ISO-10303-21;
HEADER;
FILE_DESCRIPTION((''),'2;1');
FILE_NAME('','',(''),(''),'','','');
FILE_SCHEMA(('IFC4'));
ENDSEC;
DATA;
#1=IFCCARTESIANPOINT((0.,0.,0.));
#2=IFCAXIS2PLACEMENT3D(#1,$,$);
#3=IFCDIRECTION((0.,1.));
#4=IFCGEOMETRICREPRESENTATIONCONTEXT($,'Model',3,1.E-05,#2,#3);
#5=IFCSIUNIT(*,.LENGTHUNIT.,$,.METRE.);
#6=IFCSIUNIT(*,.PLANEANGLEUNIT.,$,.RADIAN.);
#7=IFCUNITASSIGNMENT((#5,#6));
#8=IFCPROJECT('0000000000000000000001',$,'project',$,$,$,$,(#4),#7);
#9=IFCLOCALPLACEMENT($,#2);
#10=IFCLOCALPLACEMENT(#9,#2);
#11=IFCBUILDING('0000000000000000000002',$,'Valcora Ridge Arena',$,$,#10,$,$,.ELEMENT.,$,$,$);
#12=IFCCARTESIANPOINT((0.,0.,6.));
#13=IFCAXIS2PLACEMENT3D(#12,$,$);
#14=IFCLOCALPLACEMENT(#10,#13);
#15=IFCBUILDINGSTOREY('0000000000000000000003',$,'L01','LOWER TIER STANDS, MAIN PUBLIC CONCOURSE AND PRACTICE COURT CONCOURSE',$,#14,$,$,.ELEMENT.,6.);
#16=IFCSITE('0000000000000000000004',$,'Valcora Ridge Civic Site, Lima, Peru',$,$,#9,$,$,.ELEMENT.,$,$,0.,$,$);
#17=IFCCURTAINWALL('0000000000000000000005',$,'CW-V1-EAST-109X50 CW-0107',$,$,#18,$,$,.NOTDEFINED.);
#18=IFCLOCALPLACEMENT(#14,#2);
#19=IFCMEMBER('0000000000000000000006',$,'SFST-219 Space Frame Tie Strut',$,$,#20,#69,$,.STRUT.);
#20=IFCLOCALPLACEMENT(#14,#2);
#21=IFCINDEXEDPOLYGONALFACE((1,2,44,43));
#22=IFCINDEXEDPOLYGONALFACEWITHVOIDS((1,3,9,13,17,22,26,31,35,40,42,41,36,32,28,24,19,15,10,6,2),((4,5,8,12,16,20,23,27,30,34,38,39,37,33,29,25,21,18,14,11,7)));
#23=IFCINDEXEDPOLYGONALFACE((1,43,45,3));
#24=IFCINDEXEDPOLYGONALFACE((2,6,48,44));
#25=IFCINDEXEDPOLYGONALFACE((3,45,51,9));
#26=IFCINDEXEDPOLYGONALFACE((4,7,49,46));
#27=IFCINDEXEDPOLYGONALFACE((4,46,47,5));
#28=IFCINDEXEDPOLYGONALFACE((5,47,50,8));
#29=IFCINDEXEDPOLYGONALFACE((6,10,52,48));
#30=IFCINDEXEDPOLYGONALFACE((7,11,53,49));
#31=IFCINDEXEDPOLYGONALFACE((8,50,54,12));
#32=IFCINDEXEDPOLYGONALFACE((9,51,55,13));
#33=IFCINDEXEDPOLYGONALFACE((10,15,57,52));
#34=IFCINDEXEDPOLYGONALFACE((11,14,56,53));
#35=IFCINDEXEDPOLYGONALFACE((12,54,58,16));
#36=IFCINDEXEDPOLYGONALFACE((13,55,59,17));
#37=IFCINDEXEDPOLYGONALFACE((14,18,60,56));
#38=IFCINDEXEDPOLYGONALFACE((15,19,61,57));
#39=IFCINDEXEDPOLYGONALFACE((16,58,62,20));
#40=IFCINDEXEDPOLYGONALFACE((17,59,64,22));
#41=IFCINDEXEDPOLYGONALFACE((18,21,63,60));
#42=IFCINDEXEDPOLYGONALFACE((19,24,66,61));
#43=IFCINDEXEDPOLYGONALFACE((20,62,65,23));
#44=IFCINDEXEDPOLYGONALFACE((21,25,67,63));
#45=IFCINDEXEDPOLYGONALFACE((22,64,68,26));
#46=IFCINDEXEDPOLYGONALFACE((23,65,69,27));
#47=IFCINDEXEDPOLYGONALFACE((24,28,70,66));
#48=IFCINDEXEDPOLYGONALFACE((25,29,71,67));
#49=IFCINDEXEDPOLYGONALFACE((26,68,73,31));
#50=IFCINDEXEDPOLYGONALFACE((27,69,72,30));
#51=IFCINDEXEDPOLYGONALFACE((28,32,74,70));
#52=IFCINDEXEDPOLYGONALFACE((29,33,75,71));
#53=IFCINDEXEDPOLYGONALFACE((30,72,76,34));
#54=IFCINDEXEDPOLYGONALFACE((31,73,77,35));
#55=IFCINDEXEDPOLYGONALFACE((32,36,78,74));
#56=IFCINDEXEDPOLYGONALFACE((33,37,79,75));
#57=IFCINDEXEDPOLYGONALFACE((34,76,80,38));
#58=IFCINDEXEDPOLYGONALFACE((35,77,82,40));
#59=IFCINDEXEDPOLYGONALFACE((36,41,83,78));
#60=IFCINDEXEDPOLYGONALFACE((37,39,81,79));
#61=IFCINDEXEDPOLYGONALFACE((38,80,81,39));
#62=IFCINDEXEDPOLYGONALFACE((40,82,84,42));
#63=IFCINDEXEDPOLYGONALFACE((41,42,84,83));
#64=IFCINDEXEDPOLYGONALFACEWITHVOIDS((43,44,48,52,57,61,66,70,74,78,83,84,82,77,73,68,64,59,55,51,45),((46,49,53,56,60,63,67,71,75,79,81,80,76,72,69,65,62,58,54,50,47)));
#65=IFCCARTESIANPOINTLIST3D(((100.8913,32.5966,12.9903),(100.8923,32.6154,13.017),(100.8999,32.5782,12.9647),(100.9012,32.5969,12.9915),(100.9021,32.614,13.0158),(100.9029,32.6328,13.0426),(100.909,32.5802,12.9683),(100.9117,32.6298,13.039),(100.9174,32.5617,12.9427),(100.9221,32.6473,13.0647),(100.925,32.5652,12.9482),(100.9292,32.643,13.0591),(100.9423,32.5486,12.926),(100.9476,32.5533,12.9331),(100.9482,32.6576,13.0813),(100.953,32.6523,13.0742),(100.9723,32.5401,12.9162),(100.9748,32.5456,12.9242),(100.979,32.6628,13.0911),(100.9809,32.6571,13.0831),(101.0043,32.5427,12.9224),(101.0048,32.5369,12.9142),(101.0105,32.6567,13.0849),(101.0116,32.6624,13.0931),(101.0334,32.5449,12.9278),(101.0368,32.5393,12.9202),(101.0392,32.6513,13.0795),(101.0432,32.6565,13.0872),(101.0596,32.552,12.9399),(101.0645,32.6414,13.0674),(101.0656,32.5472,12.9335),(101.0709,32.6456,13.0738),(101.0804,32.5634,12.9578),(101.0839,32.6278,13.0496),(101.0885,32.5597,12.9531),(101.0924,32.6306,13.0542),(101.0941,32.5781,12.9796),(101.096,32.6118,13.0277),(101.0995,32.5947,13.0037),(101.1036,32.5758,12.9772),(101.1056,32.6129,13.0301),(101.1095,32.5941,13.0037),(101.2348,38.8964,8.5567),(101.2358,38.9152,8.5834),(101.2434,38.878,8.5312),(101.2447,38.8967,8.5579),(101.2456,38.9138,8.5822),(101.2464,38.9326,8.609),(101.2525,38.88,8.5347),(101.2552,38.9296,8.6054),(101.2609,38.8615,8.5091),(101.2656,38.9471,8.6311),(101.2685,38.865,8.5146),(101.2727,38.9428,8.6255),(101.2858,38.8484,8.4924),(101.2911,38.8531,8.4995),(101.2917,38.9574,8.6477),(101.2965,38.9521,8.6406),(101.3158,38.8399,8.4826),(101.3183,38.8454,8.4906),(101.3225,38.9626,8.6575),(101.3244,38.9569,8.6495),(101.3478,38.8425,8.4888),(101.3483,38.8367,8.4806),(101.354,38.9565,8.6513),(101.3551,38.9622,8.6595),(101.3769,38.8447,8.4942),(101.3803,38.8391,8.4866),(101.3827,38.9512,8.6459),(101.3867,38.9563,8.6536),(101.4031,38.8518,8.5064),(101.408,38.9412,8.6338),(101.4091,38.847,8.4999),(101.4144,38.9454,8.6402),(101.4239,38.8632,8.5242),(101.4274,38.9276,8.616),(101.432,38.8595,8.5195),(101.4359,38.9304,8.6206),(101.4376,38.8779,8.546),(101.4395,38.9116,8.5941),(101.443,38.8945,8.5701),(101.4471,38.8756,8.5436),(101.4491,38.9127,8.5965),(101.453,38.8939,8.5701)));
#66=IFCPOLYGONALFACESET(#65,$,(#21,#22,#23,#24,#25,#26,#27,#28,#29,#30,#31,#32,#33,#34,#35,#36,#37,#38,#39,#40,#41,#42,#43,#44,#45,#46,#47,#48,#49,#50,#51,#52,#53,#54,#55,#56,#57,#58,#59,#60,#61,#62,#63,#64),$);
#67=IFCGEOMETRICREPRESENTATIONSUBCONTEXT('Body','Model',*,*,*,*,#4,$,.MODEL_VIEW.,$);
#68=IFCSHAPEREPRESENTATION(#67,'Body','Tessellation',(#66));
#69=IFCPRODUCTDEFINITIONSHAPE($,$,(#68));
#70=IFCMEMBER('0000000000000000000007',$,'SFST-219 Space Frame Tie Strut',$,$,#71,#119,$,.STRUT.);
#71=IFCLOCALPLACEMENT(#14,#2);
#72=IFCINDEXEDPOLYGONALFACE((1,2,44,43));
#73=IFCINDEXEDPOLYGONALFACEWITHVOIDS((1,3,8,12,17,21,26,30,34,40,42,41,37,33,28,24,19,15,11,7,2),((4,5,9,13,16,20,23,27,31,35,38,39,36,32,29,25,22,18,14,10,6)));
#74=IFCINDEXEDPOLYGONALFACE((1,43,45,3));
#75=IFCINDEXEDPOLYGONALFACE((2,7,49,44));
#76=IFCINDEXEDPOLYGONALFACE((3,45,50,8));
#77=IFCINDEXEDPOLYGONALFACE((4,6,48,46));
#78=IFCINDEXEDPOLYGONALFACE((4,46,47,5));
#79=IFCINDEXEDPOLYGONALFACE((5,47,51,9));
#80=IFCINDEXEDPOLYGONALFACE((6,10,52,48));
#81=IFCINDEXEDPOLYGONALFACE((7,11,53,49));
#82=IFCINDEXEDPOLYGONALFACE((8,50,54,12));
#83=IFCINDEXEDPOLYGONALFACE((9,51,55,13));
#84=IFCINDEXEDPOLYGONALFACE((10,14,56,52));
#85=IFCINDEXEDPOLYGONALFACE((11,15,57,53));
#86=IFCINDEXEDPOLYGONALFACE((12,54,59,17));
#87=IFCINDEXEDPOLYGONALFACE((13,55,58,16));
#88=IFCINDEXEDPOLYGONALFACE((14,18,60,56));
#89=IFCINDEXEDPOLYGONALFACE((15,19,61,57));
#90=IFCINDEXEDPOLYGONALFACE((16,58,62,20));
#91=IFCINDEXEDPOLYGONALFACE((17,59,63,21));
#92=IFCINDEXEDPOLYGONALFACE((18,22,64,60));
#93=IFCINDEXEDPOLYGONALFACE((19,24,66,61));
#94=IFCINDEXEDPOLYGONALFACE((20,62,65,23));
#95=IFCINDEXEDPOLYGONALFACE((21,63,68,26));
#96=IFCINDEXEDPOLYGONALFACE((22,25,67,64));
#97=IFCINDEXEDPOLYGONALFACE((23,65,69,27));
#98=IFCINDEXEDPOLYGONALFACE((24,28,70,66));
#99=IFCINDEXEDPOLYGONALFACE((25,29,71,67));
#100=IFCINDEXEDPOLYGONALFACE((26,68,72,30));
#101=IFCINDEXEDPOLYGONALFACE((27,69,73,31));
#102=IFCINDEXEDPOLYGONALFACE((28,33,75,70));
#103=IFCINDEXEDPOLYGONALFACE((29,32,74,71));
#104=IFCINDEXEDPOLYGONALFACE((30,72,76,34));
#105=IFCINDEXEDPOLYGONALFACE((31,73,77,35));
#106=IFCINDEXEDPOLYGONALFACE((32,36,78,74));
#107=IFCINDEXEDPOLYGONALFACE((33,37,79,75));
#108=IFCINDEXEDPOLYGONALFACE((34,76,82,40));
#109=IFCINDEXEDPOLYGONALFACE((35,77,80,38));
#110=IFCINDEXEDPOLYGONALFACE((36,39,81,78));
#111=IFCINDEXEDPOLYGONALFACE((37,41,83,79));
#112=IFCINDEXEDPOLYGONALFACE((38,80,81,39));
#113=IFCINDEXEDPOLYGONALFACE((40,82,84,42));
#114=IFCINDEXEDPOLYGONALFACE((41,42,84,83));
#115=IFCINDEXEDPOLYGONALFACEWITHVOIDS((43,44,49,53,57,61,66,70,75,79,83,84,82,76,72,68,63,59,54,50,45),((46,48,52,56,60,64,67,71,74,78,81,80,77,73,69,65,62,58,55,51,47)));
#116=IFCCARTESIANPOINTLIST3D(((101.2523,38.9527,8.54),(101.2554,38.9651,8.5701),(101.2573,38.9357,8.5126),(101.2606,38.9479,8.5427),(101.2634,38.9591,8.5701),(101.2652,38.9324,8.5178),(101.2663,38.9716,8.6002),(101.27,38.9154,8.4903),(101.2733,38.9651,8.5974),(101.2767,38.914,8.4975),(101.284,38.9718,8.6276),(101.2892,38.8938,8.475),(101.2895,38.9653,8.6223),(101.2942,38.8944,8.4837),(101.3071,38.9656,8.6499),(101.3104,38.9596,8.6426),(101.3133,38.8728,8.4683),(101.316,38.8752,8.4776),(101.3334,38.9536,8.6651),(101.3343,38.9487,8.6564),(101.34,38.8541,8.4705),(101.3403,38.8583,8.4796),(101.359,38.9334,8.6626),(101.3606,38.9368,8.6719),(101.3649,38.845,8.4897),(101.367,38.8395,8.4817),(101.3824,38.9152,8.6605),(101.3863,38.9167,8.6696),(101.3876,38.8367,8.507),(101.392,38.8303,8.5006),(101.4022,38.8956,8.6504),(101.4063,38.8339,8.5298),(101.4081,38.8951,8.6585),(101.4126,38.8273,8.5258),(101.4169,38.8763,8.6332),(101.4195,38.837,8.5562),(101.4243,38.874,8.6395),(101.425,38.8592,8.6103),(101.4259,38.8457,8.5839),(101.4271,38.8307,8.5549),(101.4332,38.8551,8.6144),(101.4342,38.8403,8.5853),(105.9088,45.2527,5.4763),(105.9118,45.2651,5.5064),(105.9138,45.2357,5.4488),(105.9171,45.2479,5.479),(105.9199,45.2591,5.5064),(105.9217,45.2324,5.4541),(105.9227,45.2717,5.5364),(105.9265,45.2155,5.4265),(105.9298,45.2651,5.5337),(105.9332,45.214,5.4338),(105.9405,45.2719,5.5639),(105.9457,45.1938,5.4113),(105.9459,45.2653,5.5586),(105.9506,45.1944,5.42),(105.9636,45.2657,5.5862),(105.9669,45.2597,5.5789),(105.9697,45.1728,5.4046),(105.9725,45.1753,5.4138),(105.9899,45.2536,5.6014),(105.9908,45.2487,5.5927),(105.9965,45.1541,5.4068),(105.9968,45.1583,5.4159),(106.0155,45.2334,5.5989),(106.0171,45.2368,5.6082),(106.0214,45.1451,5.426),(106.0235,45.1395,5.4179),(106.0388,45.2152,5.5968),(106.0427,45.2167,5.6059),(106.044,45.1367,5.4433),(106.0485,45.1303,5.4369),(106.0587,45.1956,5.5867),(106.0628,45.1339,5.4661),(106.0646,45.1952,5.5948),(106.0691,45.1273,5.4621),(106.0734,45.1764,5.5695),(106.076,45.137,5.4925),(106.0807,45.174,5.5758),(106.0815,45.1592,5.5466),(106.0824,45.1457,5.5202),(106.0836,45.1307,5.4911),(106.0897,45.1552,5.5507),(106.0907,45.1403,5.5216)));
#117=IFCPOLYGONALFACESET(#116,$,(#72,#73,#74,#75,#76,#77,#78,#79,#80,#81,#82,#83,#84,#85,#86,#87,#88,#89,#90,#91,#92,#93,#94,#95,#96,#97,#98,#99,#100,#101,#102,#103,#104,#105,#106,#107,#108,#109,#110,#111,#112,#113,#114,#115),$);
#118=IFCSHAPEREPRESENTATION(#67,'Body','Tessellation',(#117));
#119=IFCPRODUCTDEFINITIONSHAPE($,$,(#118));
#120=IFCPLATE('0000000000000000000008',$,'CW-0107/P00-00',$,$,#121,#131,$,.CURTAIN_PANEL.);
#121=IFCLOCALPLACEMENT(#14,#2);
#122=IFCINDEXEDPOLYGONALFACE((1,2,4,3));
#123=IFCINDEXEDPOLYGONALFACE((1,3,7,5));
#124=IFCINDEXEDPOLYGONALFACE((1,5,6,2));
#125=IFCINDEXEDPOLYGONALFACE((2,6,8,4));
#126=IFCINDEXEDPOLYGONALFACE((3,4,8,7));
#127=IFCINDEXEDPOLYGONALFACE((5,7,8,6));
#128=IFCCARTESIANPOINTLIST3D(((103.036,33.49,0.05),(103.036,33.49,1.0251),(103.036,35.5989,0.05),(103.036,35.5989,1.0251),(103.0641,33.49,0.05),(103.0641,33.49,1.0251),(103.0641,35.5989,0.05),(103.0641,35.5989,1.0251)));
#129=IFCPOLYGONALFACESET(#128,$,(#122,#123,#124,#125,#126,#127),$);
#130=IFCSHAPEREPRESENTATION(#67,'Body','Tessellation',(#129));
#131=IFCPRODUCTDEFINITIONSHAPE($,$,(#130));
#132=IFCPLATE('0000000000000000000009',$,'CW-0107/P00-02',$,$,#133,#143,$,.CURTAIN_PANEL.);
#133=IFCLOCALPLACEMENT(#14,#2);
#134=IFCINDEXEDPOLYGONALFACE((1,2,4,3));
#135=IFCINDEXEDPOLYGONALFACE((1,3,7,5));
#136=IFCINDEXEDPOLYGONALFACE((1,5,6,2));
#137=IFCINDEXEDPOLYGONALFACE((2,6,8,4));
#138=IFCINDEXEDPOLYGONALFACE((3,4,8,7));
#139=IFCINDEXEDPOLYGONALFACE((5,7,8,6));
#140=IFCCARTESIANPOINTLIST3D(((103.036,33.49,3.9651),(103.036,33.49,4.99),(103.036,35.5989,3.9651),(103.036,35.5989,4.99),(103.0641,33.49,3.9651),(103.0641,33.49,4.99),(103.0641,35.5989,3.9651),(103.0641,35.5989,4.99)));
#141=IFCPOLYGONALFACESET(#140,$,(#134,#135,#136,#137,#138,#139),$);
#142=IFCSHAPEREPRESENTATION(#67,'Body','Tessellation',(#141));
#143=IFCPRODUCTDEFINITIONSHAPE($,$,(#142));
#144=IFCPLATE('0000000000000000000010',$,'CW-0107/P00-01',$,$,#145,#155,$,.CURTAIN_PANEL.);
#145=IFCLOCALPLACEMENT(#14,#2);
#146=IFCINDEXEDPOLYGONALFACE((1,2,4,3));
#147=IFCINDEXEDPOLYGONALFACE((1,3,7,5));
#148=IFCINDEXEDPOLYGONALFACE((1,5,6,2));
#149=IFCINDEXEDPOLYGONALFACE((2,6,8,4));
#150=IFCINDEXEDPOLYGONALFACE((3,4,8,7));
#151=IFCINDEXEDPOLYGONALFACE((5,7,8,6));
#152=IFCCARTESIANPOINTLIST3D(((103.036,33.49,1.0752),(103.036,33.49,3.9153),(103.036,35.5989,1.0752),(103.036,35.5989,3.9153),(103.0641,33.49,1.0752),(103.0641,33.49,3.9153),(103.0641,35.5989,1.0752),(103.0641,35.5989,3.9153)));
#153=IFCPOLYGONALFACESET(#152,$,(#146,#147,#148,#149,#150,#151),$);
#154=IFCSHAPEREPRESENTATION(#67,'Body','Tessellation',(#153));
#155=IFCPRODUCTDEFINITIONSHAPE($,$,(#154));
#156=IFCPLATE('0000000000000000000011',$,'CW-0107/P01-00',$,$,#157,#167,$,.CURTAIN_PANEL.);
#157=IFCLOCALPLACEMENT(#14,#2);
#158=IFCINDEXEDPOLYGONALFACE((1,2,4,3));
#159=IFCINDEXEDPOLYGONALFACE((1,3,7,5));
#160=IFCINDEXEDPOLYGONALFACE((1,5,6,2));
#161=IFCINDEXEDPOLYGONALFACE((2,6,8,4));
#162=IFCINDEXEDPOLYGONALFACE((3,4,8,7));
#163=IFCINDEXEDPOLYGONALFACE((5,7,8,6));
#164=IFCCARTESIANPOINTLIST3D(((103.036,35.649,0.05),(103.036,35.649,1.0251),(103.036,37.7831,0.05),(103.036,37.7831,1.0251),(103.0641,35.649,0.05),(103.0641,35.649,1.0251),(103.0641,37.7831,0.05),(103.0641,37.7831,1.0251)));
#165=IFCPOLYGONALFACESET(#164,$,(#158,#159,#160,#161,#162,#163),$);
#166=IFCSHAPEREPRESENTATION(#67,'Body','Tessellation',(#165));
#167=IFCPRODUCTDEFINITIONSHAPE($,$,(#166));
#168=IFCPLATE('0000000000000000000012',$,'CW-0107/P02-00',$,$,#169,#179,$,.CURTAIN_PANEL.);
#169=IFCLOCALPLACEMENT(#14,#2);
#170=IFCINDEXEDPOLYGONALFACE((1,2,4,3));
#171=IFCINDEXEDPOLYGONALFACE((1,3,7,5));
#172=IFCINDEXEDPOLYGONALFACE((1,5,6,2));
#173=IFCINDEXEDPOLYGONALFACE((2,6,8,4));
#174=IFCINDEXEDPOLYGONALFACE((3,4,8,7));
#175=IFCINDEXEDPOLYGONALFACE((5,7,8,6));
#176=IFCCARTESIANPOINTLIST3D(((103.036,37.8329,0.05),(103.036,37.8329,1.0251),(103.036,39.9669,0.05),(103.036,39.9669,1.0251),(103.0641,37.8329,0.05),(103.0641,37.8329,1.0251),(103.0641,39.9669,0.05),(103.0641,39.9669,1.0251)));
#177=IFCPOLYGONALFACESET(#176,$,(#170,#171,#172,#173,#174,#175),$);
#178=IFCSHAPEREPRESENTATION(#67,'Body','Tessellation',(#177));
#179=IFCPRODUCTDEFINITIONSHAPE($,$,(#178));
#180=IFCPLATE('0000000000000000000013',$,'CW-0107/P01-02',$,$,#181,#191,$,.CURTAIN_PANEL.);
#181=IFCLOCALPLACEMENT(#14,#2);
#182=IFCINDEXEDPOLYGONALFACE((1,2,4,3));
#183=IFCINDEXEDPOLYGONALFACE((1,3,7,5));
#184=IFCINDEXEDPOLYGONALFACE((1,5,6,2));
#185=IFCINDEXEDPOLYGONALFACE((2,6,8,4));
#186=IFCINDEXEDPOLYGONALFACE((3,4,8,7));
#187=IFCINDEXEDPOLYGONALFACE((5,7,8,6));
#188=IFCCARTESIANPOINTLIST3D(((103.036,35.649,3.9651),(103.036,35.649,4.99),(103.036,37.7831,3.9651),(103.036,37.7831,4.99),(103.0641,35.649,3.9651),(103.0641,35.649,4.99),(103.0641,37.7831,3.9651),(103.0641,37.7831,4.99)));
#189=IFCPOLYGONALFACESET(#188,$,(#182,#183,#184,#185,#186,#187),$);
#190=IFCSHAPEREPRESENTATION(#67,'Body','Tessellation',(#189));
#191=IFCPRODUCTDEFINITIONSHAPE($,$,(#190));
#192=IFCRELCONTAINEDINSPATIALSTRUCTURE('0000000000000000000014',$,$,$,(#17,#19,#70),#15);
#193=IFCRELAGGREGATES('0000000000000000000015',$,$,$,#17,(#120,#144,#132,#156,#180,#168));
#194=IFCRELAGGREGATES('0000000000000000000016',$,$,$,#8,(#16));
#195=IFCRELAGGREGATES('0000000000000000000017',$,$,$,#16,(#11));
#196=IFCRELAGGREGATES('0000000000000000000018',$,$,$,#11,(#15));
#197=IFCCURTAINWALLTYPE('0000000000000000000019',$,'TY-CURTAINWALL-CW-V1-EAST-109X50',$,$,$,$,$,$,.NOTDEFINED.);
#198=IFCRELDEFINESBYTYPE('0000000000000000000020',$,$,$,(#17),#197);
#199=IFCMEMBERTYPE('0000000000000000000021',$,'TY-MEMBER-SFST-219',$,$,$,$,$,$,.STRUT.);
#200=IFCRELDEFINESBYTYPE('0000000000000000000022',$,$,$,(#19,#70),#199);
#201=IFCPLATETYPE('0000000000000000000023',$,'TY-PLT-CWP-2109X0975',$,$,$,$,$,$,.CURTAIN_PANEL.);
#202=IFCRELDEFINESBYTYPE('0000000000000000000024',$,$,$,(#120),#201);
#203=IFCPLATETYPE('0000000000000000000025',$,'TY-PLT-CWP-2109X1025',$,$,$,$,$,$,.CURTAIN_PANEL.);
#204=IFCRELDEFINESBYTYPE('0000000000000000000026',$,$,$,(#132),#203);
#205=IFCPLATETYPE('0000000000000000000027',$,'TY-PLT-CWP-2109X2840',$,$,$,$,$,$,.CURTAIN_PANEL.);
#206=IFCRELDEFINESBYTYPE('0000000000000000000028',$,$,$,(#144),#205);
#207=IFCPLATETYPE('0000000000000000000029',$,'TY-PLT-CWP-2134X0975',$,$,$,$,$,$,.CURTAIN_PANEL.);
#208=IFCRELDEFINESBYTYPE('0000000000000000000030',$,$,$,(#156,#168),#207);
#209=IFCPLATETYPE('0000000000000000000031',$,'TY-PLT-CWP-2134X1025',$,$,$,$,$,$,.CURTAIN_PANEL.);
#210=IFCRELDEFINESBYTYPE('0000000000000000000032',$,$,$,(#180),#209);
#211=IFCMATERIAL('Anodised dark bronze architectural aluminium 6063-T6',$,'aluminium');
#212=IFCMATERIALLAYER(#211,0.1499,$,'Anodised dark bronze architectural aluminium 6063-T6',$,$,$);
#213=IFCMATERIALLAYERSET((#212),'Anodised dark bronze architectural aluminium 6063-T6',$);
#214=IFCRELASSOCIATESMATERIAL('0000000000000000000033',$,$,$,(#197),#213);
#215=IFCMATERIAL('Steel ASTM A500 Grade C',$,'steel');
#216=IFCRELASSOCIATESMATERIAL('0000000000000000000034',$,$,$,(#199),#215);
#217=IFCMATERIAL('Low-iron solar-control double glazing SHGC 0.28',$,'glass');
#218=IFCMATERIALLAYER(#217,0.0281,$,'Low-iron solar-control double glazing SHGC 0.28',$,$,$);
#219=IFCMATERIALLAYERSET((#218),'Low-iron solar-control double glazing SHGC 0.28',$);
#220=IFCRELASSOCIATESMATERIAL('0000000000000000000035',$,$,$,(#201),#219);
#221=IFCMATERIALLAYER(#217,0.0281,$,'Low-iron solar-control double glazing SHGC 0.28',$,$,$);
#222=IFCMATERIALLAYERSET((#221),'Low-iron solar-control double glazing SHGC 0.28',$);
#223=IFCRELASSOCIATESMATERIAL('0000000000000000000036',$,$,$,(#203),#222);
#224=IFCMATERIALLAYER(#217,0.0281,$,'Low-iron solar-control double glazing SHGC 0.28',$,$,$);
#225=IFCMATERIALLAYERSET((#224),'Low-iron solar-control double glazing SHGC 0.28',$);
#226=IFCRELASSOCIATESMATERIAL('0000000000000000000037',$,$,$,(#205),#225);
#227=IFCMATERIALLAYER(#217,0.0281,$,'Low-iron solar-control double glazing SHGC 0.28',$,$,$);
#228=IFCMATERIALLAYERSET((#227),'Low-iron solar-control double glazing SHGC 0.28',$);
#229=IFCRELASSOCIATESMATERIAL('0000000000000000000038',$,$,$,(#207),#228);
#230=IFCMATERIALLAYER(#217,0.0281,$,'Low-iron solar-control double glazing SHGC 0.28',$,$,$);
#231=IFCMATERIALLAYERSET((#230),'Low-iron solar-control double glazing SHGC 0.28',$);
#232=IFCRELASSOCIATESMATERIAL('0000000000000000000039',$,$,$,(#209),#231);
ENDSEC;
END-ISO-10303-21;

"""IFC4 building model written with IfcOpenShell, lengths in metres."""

from ifc_helpers import new_model, si_unit, direction, frame, origin, origin_2d, place, context, subcontext, project, spatial, rectangle, hollow_circle, extrude, material, layer, layer_set, material_profile, profile_set, type_object, element, aggregate, save


model = new_model("IFC4")

# Units and contexts
model_context = context("Model", 3, precision=1e-05, world=origin(), true_north=direction((0.0, 1.0)))
body_context = subcontext(model_context, "Body", "Model", "MODEL_VIEW")
ifc_project = project(units=[si_unit("LENGTHUNIT", "METRE"), si_unit("PLANEANGLEUNIT", "RADIAN")], contexts=[model_context])

# Site, building, storey
site_placement = place(None, origin())
site = spatial("IfcSite", under=ifc_project, at=site_placement, Name="Valcora Ridge Civic Site, Lima, Peru", CompositionType="ELEMENT", RefElevation=0.0)
building_placement = place(site_placement, origin())
building = spatial("IfcBuilding", under=site, at=building_placement, Name="Valcora Ridge Arena", CompositionType="ELEMENT")
storey_placement = place(building_placement, frame((0.0, 0.0, 6.0)))
storey = spatial("IfcBuildingStorey", under=building, at=storey_placement, Name="L01", Description="LOWER TIER STANDS, MAIN PUBLIC CONCOURSE AND PRACTICE COURT CONCOURSE", CompositionType="ELEMENT", Elevation=6.0)

# Curtain wall
ifc_material_1 = material(Name="Anodised dark bronze architectural aluminium 6063-T6", Category="aluminium")
ifc_layer_1 = layer(ifc_material_1, 0.1499, Name="Anodised dark bronze architectural aluminium 6063-T6")
ifc_layer_set_1 = layer_set([ifc_layer_1], Name="Anodised dark bronze architectural aluminium 6063-T6")
curtain_wall_type = type_object("IfcCurtainWallType", Name="TY-CURTAINWALL-CW-V1-EAST-109X50", PredefinedType="NOTDEFINED", material=ifc_layer_set_1)
curtain_wall_placement = place(storey_placement, origin())
curtain_wall = element("IfcCurtainWall", 1, at=curtain_wall_placement, inside=storey, type_object=curtain_wall_type, Name="CW-V1-EAST-109X50 CW-0107", PredefinedType="NOTDEFINED")

# Members
ifc_material_2 = material(Name="Steel ASTM A500 Grade C", Category="steel")
ifc_material_profile_1 = material_profile(ifc_material_2, hollow_circle(Radius=0.1096, WallThickness=0.01, at=origin_2d()), Name="CHS219X10")
ifc_profile_set_1 = profile_set([ifc_material_profile_1], Name="Steel ASTM A500 Grade C")
member_type_1 = type_object("IfcMemberType", Name="TY-MEMBER-SFST-219", PredefinedType="STRUT", material=ifc_profile_set_1)
member_1_placement = place(storey_placement, frame((101.3435, 38.8999, 8.5701), z_axis=(-0.044546, -0.81697, 0.574957), x_axis=(0.998517, -0.054446, 0.0)))
element("IfcMember", 2, at=member_1_placement, inside=storey, type_object=member_type_1, Name="SFST-219 Space Frame Tie Strut", PredefinedType="STRUT", context=body_context, shape_type="SweptSolid", body=[
    extrude(hollow_circle(Radius=0.1096, WallThickness=0.01, at=origin_2d()), origin(), (0.0, 0.0, 1.0), 7.7112),
])
member_2_placement = place(storey_placement, frame((101.3435, 38.8999, 8.5701), z_axis=(0.553561, 0.748945, -0.364213), x_axis=(-0.80418, 0.594386, 0.0)))
element("IfcMember", 3, at=member_2_placement, inside=storey, type_object=member_type_1, Name="SFST-219 Space Frame Tie Strut", PredefinedType="STRUT", context=body_context, shape_type="SweptSolid", body=[
    extrude(hollow_circle(Radius=0.1096, WallThickness=0.01, at=origin_2d()), origin(), (0.0, 0.0, 1.0), 8.4119),
])

# Plates
ifc_material_3 = material(Name="Low-iron solar-control double glazing SHGC 0.28", Category="glass")
ifc_layer_2 = layer(ifc_material_3, 0.0281, Name="Low-iron solar-control double glazing SHGC 0.28")
ifc_layer_set_2 = layer_set([ifc_layer_2], Name="Low-iron solar-control double glazing SHGC 0.28")
plate_type_1 = type_object("IfcPlateType", Name="TY-PLT-CWP-2109X0975", PredefinedType="CURTAIN_PANEL", material=ifc_layer_set_2)
plate_1_placement = place(storey_placement, frame((103.05, 34.5444, 0.05), z_axis=(0.0, 0.0, 1.0), x_axis=(0.0, 1.0, 0.0)))
plate_1 = element("IfcPlate", 4, at=plate_1_placement, type_object=plate_type_1, Name="CW-0107/P00-00", PredefinedType="CURTAIN_PANEL", context=body_context, shape_type="SweptSolid", body=[
    extrude(rectangle(XDim=2.1089, YDim=0.0281, at=origin_2d()), origin(), (0.0, 0.0, 1.0), 0.9751),
])
ifc_layer_3 = layer(ifc_material_3, 0.0281, Name="Low-iron solar-control double glazing SHGC 0.28")
ifc_layer_set_3 = layer_set([ifc_layer_3], Name="Low-iron solar-control double glazing SHGC 0.28")
plate_type_2 = type_object("IfcPlateType", Name="TY-PLT-CWP-2109X1025", PredefinedType="CURTAIN_PANEL", material=ifc_layer_set_3)
plate_2_placement = place(storey_placement, frame((103.05, 34.5444, 3.9651), z_axis=(0.0, 0.0, 1.0), x_axis=(0.0, 1.0, 0.0)))
plate_2 = element("IfcPlate", 5, at=plate_2_placement, type_object=plate_type_2, Name="CW-0107/P00-02", PredefinedType="CURTAIN_PANEL", context=body_context, shape_type="SweptSolid", body=[
    extrude(rectangle(XDim=2.1089, YDim=0.0281, at=origin_2d()), origin(), (0.0, 0.0, 1.0), 1.0249),
])
ifc_layer_4 = layer(ifc_material_3, 0.0281, Name="Low-iron solar-control double glazing SHGC 0.28")
ifc_layer_set_4 = layer_set([ifc_layer_4], Name="Low-iron solar-control double glazing SHGC 0.28")
plate_type_3 = type_object("IfcPlateType", Name="TY-PLT-CWP-2109X2840", PredefinedType="CURTAIN_PANEL", material=ifc_layer_set_4)
plate_3_placement = place(storey_placement, frame((103.05, 34.5444, 1.0752), z_axis=(0.0, 0.0, 1.0), x_axis=(0.0, 1.0, 0.0)))
plate_3 = element("IfcPlate", 6, at=plate_3_placement, type_object=plate_type_3, Name="CW-0107/P00-01", PredefinedType="CURTAIN_PANEL", context=body_context, shape_type="SweptSolid", body=[
    extrude(rectangle(XDim=2.1089, YDim=0.0281, at=origin_2d()), origin(), (0.0, 0.0, 1.0), 2.8401),
])
ifc_layer_5 = layer(ifc_material_3, 0.0281, Name="Low-iron solar-control double glazing SHGC 0.28")
ifc_layer_set_5 = layer_set([ifc_layer_5], Name="Low-iron solar-control double glazing SHGC 0.28")
plate_type_4 = type_object("IfcPlateType", Name="TY-PLT-CWP-2134X0975", PredefinedType="CURTAIN_PANEL", material=ifc_layer_set_5)
plate_4_placement = place(storey_placement, frame((103.05, 36.7161, 0.05), z_axis=(0.0, 0.0, 1.0), x_axis=(0.0, 1.0, 0.0)))
plate_4 = element("IfcPlate", 7, at=plate_4_placement, type_object=plate_type_4, Name="CW-0107/P01-00", PredefinedType="CURTAIN_PANEL", context=body_context, shape_type="SweptSolid", body=[
    extrude(rectangle(XDim=2.134, YDim=0.0281, at=origin_2d()), origin(), (0.0, 0.0, 1.0), 0.9751),
])
plate_5_placement = place(storey_placement, frame((103.05, 38.8999, 0.05), z_axis=(0.0, 0.0, 1.0), x_axis=(0.0, 1.0, 0.0)))
plate_5 = element("IfcPlate", 8, at=plate_5_placement, type_object=plate_type_4, Name="CW-0107/P02-00", PredefinedType="CURTAIN_PANEL", context=body_context, shape_type="SweptSolid", body=[
    extrude(rectangle(XDim=2.134, YDim=0.0281, at=origin_2d()), origin(), (0.0, 0.0, 1.0), 0.9751),
])
ifc_layer_6 = layer(ifc_material_3, 0.0281, Name="Low-iron solar-control double glazing SHGC 0.28")
ifc_layer_set_6 = layer_set([ifc_layer_6], Name="Low-iron solar-control double glazing SHGC 0.28")
plate_type_5 = type_object("IfcPlateType", Name="TY-PLT-CWP-2134X1025", PredefinedType="CURTAIN_PANEL", material=ifc_layer_set_6)
plate_6_placement = place(storey_placement, frame((103.05, 36.7161, 3.9651), z_axis=(0.0, 0.0, 1.0), x_axis=(0.0, 1.0, 0.0)))
plate_6 = element("IfcPlate", 9, at=plate_6_placement, type_object=plate_type_5, Name="CW-0107/P01-02", PredefinedType="CURTAIN_PANEL", context=body_context, shape_type="SweptSolid", body=[
    extrude(rectangle(XDim=2.134, YDim=0.0281, at=origin_2d()), origin(), (0.0, 0.0, 1.0), 1.0249),
])
aggregate(curtain_wall, [plate_1, plate_3, plate_2, plate_4, plate_6, plate_5])

save(model, "model.ifc")
